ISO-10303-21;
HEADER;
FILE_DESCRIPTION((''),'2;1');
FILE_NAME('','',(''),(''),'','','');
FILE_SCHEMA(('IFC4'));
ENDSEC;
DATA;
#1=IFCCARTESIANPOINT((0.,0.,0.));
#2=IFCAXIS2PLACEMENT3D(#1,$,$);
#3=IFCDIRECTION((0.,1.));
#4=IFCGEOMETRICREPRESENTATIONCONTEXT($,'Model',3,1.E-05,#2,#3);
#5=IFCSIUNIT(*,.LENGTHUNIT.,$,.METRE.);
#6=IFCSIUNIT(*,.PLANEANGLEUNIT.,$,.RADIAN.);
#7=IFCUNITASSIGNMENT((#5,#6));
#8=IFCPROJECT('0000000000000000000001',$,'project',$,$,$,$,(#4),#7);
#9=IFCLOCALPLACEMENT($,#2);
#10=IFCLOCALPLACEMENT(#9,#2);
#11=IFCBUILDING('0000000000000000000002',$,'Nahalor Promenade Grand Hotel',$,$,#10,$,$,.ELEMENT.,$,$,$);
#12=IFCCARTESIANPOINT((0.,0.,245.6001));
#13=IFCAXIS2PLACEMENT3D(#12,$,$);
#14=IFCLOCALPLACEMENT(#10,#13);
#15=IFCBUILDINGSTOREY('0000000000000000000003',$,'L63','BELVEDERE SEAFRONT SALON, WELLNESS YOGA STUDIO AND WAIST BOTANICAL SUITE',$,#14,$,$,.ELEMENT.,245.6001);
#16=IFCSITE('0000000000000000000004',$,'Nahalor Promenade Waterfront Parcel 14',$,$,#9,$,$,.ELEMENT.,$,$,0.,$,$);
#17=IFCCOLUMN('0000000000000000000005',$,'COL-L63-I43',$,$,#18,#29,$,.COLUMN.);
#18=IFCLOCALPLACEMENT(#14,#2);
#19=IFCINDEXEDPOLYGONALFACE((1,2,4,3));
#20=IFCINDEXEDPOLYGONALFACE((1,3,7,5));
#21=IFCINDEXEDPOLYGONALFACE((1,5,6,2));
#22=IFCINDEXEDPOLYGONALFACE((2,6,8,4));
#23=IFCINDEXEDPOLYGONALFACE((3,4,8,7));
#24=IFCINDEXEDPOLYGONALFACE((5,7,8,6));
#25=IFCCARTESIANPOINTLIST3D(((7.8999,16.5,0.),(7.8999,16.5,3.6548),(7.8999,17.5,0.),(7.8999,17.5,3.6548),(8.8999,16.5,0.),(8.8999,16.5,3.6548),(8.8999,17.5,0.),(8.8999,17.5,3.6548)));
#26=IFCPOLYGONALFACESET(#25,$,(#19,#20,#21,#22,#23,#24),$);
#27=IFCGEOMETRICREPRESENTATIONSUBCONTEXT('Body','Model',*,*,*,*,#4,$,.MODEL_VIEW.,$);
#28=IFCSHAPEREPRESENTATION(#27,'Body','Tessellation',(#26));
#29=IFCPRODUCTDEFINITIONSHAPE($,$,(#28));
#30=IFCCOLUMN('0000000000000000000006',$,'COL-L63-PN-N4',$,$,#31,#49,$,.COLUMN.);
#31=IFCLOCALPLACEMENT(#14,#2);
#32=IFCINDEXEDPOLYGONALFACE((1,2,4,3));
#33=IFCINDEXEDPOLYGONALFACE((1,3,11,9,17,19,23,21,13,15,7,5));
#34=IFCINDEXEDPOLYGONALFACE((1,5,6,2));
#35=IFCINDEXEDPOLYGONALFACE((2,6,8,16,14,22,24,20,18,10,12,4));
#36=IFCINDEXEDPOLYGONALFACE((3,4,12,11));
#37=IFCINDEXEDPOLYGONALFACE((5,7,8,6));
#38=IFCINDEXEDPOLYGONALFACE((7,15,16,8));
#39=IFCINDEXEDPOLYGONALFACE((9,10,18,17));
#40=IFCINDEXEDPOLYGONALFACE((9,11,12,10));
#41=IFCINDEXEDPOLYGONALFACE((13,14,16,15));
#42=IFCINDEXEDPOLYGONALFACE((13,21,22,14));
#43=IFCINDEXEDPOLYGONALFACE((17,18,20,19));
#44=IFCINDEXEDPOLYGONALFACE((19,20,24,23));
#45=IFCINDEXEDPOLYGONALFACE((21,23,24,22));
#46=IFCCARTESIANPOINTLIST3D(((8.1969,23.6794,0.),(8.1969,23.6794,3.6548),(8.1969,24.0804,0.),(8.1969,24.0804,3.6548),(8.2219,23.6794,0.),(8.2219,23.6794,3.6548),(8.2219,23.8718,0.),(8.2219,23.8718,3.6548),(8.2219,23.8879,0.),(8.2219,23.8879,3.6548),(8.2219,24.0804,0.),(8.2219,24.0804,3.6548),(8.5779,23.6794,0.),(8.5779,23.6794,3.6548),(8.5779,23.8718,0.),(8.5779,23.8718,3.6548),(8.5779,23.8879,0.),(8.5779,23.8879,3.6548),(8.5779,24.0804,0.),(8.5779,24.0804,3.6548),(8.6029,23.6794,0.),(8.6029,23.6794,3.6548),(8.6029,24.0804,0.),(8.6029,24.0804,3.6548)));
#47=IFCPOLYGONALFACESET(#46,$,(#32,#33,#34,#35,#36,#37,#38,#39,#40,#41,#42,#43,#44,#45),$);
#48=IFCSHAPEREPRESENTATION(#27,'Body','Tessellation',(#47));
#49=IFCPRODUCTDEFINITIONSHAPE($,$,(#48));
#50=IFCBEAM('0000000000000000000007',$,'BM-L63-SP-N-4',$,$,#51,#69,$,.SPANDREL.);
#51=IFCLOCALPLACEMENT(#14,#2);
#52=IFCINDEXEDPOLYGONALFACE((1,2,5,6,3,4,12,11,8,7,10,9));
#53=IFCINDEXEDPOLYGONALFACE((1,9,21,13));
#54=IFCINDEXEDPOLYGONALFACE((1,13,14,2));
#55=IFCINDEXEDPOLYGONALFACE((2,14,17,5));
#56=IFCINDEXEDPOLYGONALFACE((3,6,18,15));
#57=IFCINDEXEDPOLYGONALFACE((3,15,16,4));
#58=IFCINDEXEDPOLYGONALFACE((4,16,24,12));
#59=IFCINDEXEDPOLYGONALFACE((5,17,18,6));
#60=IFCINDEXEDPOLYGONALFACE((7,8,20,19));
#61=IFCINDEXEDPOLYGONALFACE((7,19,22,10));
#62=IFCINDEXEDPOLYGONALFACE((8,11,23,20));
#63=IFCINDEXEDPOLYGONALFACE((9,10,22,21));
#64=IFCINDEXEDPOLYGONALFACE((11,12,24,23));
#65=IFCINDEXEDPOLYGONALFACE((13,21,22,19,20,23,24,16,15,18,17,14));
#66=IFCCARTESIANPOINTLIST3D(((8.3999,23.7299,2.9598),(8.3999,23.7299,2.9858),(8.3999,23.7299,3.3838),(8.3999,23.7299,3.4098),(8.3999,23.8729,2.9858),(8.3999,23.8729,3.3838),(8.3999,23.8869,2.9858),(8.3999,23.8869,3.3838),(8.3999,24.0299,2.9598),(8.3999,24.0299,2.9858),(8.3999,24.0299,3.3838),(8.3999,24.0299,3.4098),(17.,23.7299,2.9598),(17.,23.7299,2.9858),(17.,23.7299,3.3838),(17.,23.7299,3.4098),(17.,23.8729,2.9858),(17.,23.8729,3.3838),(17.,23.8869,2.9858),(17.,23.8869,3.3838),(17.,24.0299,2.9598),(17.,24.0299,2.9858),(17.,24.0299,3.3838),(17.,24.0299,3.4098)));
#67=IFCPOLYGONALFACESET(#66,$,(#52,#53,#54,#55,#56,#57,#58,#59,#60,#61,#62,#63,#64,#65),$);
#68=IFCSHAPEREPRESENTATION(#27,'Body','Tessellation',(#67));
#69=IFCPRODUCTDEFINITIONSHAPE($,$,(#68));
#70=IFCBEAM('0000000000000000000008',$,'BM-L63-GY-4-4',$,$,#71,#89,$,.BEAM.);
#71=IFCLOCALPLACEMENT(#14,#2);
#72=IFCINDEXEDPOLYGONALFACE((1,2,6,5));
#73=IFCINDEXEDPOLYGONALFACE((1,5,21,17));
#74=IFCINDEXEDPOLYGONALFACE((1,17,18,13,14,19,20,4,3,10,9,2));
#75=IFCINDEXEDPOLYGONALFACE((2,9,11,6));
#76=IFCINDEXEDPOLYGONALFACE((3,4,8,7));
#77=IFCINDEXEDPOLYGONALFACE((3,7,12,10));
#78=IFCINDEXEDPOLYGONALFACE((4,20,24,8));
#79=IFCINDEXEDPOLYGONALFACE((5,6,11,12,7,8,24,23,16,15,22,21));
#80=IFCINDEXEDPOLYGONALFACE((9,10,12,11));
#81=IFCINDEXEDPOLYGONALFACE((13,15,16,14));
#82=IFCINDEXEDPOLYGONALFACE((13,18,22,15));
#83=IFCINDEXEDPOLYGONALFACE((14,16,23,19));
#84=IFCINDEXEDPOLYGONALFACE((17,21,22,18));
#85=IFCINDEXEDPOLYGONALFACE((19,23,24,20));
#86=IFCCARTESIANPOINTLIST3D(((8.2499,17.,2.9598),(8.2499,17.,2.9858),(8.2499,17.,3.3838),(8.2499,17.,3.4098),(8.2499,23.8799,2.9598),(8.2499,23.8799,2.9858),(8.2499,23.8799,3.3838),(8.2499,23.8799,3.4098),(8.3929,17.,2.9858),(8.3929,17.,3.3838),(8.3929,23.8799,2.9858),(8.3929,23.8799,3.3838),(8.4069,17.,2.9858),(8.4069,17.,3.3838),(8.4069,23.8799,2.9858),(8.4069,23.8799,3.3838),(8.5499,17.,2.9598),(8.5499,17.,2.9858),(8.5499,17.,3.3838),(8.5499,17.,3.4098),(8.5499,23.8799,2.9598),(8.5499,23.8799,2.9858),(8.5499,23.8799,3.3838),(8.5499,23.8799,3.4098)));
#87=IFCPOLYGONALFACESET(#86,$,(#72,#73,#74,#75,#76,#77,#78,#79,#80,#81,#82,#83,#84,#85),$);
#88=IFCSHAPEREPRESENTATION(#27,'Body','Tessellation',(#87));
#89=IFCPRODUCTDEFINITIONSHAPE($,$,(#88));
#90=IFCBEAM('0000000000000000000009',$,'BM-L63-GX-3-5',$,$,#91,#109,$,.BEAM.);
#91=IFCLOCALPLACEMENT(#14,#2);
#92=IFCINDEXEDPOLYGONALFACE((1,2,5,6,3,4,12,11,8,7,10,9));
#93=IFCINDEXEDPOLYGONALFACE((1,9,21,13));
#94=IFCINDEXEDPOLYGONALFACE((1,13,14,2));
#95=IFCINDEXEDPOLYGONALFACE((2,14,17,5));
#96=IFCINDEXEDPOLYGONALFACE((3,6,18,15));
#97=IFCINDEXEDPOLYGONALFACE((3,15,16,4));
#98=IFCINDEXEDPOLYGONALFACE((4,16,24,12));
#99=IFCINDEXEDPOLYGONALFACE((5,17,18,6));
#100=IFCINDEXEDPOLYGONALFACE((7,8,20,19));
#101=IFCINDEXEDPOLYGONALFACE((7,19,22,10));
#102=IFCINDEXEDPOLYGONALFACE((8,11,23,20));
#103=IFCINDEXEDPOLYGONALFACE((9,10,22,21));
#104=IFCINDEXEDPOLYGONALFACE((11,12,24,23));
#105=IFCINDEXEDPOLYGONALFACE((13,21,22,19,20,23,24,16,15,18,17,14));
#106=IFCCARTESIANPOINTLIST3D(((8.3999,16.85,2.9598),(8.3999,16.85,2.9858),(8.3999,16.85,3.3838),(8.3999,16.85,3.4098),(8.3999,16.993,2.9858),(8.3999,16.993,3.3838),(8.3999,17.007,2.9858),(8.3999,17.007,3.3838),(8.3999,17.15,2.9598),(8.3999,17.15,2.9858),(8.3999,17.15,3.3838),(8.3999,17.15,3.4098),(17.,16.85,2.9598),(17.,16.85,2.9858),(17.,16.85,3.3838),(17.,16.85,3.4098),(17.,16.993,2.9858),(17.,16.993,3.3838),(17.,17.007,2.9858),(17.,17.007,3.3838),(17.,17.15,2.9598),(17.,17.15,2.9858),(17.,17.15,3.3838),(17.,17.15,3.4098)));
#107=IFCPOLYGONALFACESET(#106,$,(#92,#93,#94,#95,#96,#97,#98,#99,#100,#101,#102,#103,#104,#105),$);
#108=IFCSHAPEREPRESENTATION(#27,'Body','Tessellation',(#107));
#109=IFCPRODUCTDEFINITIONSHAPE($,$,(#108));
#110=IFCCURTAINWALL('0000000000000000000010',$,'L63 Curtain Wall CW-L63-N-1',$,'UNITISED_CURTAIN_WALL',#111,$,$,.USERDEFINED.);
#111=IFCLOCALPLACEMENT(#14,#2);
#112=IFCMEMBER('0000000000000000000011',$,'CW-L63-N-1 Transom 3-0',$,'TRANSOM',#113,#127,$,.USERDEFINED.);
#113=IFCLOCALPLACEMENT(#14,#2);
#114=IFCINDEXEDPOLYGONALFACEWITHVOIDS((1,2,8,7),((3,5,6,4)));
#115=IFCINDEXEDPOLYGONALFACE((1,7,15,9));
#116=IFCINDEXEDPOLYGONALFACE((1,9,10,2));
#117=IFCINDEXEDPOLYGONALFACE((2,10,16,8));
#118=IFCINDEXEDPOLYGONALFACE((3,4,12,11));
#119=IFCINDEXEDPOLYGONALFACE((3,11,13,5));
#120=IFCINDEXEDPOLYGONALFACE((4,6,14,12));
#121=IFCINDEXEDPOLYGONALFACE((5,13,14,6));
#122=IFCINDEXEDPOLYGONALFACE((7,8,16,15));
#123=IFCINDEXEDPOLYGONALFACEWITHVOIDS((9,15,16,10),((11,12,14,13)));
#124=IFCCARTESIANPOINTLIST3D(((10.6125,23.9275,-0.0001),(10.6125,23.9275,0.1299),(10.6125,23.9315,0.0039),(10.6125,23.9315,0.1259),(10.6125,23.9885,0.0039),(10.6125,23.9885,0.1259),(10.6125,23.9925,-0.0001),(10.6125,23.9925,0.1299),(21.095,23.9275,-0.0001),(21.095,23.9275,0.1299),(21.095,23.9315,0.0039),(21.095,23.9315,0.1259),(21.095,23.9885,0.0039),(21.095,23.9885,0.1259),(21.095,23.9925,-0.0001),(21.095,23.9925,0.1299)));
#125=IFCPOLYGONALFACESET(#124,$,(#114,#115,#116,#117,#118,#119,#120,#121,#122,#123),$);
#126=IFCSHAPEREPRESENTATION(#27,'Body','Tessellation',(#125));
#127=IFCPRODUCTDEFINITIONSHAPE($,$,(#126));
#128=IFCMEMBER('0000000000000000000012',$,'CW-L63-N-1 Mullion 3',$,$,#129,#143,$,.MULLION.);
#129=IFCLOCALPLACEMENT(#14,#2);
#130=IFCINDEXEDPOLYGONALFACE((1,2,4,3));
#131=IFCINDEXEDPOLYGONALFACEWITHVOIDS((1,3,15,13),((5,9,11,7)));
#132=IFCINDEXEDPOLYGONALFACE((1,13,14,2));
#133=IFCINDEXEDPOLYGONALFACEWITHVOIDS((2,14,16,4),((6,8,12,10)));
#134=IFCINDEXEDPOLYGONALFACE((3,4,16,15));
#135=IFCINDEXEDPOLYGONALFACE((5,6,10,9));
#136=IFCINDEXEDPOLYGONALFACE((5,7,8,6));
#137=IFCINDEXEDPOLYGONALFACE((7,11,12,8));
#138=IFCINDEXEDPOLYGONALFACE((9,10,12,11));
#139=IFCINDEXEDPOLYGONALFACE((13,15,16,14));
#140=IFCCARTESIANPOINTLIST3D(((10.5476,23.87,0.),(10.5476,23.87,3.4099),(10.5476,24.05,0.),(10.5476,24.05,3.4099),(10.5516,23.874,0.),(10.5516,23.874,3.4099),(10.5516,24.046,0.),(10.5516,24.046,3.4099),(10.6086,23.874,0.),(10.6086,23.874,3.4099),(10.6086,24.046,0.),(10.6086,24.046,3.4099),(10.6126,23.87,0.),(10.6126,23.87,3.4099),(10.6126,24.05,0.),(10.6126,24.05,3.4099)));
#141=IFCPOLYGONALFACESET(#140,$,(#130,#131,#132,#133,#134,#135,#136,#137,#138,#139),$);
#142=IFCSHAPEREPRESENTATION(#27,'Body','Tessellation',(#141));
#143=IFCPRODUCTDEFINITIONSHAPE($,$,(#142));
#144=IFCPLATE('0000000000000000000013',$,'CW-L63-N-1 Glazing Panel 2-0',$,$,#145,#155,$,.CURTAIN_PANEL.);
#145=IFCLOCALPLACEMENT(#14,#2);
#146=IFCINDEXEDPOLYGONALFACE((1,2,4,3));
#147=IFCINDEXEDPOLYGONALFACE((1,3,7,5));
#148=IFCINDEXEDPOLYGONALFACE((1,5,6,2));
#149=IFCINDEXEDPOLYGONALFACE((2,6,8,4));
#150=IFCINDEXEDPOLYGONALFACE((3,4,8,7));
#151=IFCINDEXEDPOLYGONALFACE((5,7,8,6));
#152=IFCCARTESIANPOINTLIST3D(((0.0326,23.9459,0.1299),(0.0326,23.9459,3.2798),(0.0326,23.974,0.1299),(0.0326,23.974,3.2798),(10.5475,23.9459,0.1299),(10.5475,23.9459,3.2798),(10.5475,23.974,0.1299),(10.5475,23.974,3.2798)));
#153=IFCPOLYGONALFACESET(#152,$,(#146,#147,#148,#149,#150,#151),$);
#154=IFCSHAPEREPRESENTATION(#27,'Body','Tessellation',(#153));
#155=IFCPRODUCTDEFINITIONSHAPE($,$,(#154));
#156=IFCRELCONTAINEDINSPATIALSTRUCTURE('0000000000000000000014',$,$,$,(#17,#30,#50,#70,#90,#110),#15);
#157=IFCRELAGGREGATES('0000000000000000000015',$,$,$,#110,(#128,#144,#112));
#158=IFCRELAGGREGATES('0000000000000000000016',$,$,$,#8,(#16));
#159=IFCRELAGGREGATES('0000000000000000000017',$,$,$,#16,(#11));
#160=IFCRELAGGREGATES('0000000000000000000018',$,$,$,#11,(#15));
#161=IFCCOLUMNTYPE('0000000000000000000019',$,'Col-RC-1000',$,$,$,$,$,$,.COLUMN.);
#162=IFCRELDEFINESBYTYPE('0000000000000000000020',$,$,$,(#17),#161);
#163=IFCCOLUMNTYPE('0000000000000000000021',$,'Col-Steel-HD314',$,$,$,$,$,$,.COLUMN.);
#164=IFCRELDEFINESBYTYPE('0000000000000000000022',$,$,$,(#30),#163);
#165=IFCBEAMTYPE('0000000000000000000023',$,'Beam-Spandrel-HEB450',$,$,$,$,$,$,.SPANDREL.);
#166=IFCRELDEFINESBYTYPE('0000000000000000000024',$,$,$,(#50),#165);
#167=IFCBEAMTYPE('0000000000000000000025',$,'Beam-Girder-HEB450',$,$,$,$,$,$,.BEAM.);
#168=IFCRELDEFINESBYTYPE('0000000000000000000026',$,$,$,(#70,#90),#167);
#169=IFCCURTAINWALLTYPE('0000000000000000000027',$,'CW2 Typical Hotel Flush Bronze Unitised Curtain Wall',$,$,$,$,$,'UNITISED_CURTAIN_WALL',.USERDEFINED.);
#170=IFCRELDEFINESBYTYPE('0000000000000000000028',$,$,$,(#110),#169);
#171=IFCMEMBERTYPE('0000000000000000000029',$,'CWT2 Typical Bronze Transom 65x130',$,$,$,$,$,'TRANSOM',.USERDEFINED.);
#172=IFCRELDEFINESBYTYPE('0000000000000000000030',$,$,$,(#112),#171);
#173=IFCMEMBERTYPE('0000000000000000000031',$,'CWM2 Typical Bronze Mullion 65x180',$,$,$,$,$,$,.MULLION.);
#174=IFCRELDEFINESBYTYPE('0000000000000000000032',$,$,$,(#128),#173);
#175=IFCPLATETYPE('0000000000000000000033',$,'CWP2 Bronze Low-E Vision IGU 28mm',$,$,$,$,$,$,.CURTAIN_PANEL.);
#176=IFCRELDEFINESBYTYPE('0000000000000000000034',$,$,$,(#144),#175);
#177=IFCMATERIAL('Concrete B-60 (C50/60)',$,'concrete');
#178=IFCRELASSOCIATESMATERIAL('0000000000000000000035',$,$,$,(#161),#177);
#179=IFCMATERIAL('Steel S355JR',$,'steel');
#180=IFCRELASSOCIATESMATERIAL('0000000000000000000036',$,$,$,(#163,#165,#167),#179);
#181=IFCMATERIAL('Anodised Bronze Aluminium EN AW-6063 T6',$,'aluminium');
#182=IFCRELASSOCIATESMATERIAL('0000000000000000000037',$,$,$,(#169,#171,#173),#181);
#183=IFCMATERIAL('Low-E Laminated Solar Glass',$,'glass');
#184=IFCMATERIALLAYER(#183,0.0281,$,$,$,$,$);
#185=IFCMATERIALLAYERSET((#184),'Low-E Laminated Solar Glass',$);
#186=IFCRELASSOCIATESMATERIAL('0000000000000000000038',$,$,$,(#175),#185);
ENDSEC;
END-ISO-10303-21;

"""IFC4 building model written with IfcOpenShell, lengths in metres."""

from ifc_helpers import new_model, si_unit, direction, frame, origin, origin_2d, place, context, subcontext, project, spatial, rectangle, hollow_rectangle, i_section, extrude, source, transform, mapped, material, layer, layer_set, material_profile, profile_set, type_object, element, aggregate, save


model = new_model("IFC4")

# Units and contexts
model_context = context("Model", 3, precision=1e-05, world=origin(), true_north=direction((0.0, 1.0)))
body_context = subcontext(model_context, "Body", "Model", "MODEL_VIEW")
ifc_project = project(units=[si_unit("LENGTHUNIT", "METRE"), si_unit("PLANEANGLEUNIT", "RADIAN")], contexts=[model_context])

# Site, building, storey
site_placement = place(None, origin())
site = spatial("IfcSite", under=ifc_project, at=site_placement, Name="Nahalor Promenade Waterfront Parcel 14", CompositionType="ELEMENT", RefElevation=0.0)
building_placement = place(site_placement, origin())
building = spatial("IfcBuilding", under=site, at=building_placement, Name="Nahalor Promenade Grand Hotel", CompositionType="ELEMENT")
storey_placement = place(building_placement, frame((0.0, 0.0, 245.6001)))
storey = spatial("IfcBuildingStorey", under=building, at=storey_placement, Name="L63", Description="BELVEDERE SEAFRONT SALON, WELLNESS YOGA STUDIO AND WAIST BOTANICAL SUITE", CompositionType="ELEMENT", Elevation=245.6001)

# Columns
ifc_material_1 = material(Name="Concrete B-60 (C50/60)", Category="concrete")
ifc_material_profile_1 = material_profile(ifc_material_1, rectangle(XDim=1.0, YDim=1.0, at=origin_2d()), Name="RC 1000x1000")
ifc_profile_set_1 = profile_set([ifc_material_profile_1], Name="Concrete B-60 (C50/60)")
column_type_1 = type_object("IfcColumnType", Name="Col-RC-1000", PredefinedType="COLUMN", material=ifc_profile_set_1)
shared_shape_1 = source(origin(), body_context, "Body", "SweptSolid", [
    extrude(rectangle(XDim=1.0, YDim=1.0, at=origin_2d()), origin(), (0.0, 0.0, 1.0), 3.6548),
])
column_1_placement = place(storey_placement, frame((8.3999, 17.0, 0.0), z_axis=(0.0, 0.0, 1.0), x_axis=(1.0, 0.0, 0.0)))
element("IfcColumn", 1, at=column_1_placement, inside=storey, type_object=column_type_1, Name="COL-L63-I43", PredefinedType="COLUMN", context=body_context, shape_type="MappedRepresentation", body=[
    mapped(shared_shape_1, transform((0.0, 0.0, 0.0), scale=1.0)),
])
ifc_material_2 = material(Name="Steel S355JR", Category="steel")
ifc_material_profile_2 = material_profile(ifc_material_2, i_section(OverallWidth=0.401, OverallDepth=0.406, WebThickness=0.0161, FlangeThickness=0.025, at=origin_2d()), Name="HD 400x314")
ifc_profile_set_2 = profile_set([ifc_material_profile_2], Name="Steel S355JR")
column_type_2 = type_object("IfcColumnType", Name="Col-Steel-HD314", PredefinedType="COLUMN", material=ifc_profile_set_2)
shared_shape_2 = source(origin(), body_context, "Body", "SweptSolid", [
    extrude(i_section(OverallWidth=0.401, OverallDepth=0.406, WebThickness=0.0161, FlangeThickness=0.025, at=origin_2d()), origin(), (0.0, 0.0, 1.0), 3.6548),
])
column_2_placement = place(storey_placement, frame((8.3999, 23.8799, 0.0), z_axis=(0.0, 0.0, 1.0), x_axis=(0.0, 1.0, 0.0)))
element("IfcColumn", 2, at=column_2_placement, inside=storey, type_object=column_type_2, Name="COL-L63-PN-N4", PredefinedType="COLUMN", context=body_context, shape_type="MappedRepresentation", body=[
    mapped(shared_shape_2, transform((0.0, 0.0, 0.0), scale=1.0)),
])

# Beams
ifc_material_profile_3 = material_profile(ifc_material_2, i_section(OverallWidth=0.3, OverallDepth=0.45, WebThickness=0.014, FlangeThickness=0.026, at=origin_2d()), Name="HEB 450")
ifc_profile_set_3 = profile_set([ifc_material_profile_3], Name="Steel S355JR")
beam_type_1 = type_object("IfcBeamType", Name="Beam-Spandrel-HEB450", PredefinedType="SPANDREL", material=ifc_profile_set_3)
shared_shape_3 = source(origin(), body_context, "Body", "SweptSolid", [
    extrude(i_section(OverallWidth=0.3, OverallDepth=0.45, WebThickness=0.014, FlangeThickness=0.026, at=origin_2d()), origin(), (0.0, 0.0, 1.0), 8.6001),
])
beam_1_placement = place(storey_placement, frame((8.3999, 23.8799, 3.1848), z_axis=(1.0, 0.0, 0.0), x_axis=(0.0, 1.0, 0.0)))
element("IfcBeam", 3, at=beam_1_placement, inside=storey, type_object=beam_type_1, Name="BM-L63-SP-N-4", PredefinedType="SPANDREL", context=body_context, shape_type="MappedRepresentation", body=[
    mapped(shared_shape_3, transform((0.0, 0.0, 0.0), scale=1.0)),
])
ifc_material_profile_4 = material_profile(ifc_material_2, i_section(OverallWidth=0.3, OverallDepth=0.45, WebThickness=0.014, FlangeThickness=0.026, at=origin_2d()), Name="HEB 450")
ifc_profile_set_4 = profile_set([ifc_material_profile_4], Name="Steel S355JR")
beam_type_2 = type_object("IfcBeamType", Name="Beam-Girder-HEB450", PredefinedType="BEAM", material=ifc_profile_set_4)
shared_shape_4 = source(origin(), body_context, "Body", "SweptSolid", [
    extrude(i_section(OverallWidth=0.3, OverallDepth=0.45, WebThickness=0.014, FlangeThickness=0.026, at=origin_2d()), origin(), (0.0, 0.0, 1.0), 6.8799),
])
beam_2_placement = place(storey_placement, frame((8.3999, 17.0, 3.1848), z_axis=(0.0, 1.0, 0.0), x_axis=(-1.0, 0.0, 0.0)))
element("IfcBeam", 4, at=beam_2_placement, inside=storey, type_object=beam_type_2, Name="BM-L63-GY-4-4", PredefinedType="BEAM", context=body_context, shape_type="MappedRepresentation", body=[
    mapped(shared_shape_4, transform((0.0, 0.0, 0.0), scale=1.0)),
])
shared_shape_5 = source(origin(), body_context, "Body", "SweptSolid", [
    extrude(i_section(OverallWidth=0.3, OverallDepth=0.45, WebThickness=0.014, FlangeThickness=0.026, at=origin_2d()), origin(), (0.0, 0.0, 1.0), 8.6001),
])
beam_3_placement = place(storey_placement, frame((8.3999, 17.0, 3.1848), z_axis=(1.0, 0.0, 0.0), x_axis=(0.0, 1.0, 0.0)))
element("IfcBeam", 5, at=beam_3_placement, inside=storey, type_object=beam_type_2, Name="BM-L63-GX-3-5", PredefinedType="BEAM", context=body_context, shape_type="MappedRepresentation", body=[
    mapped(shared_shape_5, transform((0.0, 0.0, 0.0), scale=1.0)),
])

# Curtain wall, members, plate
ifc_material_3 = material(Name="Anodised Bronze Aluminium EN AW-6063 T6", Category="aluminium")
curtain_wall_type = type_object("IfcCurtainWallType", Name="CW2 Typical Hotel Flush Bronze Unitised Curtain Wall", ElementType="UNITISED_CURTAIN_WALL", PredefinedType="USERDEFINED", material=ifc_material_3)
curtain_wall_placement = place(storey_placement, origin())
curtain_wall = element("IfcCurtainWall", 6, at=curtain_wall_placement, inside=storey, type_object=curtain_wall_type, Name="L63 Curtain Wall CW-L63-N-1", ObjectType="UNITISED_CURTAIN_WALL", PredefinedType="USERDEFINED")
ifc_material_profile_5 = material_profile(ifc_material_3, hollow_rectangle(XDim=0.065, YDim=0.13, WallThickness=0.004, at=origin_2d()), Name="CWT 65x130x4")
ifc_profile_set_5 = profile_set([ifc_material_profile_5], Name="Anodised Bronze Aluminium EN AW-6063 T6")
member_type_1 = type_object("IfcMemberType", Name="CWT2 Typical Bronze Transom 65x130", ElementType="TRANSOM", PredefinedType="USERDEFINED", material=ifc_profile_set_5)
shared_shape_6 = source(origin(), body_context, "Body", "SweptSolid", [
    extrude(hollow_rectangle(XDim=0.065, YDim=0.13, WallThickness=0.004, at=origin_2d()), origin(), (0.0, 0.0, 1.0), 10.4824),
])
member_1_placement = place(storey_placement, frame((10.6125, 23.96, 0.0649), z_axis=(1.0, 0.0, 0.0), x_axis=(0.0, 1.0, 0.0)))
member_1 = element("IfcMember", 7, at=member_1_placement, type_object=member_type_1, Name="CW-L63-N-1 Transom 3-0", ObjectType="TRANSOM", PredefinedType="USERDEFINED", context=body_context, shape_type="MappedRepresentation", body=[
    mapped(shared_shape_6, transform((0.0, 0.0, 0.0), scale=1.0)),
])
ifc_material_profile_6 = material_profile(ifc_material_3, hollow_rectangle(XDim=0.065, YDim=0.18, WallThickness=0.004, at=origin_2d()), Name="CWM 65x180x4")
ifc_profile_set_6 = profile_set([ifc_material_profile_6], Name="Anodised Bronze Aluminium EN AW-6063 T6")
member_type_2 = type_object("IfcMemberType", Name="CWM2 Typical Bronze Mullion 65x180", PredefinedType="MULLION", material=ifc_profile_set_6)
shared_shape_7 = source(origin(), body_context, "Body", "SweptSolid", [
    extrude(hollow_rectangle(XDim=0.065, YDim=0.18, WallThickness=0.004, at=origin_2d()), origin(), (0.0, 0.0, 1.0), 3.4099),
])
member_2_placement = place(storey_placement, frame((10.5801, 23.96, 0.0), z_axis=(0.0, 0.0, 1.0), x_axis=(1.0, 0.0, 0.0)))
member_2 = element("IfcMember", 8, at=member_2_placement, type_object=member_type_2, Name="CW-L63-N-1 Mullion 3", PredefinedType="MULLION", context=body_context, shape_type="MappedRepresentation", body=[
    mapped(shared_shape_7, transform((0.0, 0.0, 0.0), scale=1.0)),
])
ifc_material_4 = material(Name="Low-E Laminated Solar Glass", Category="glass")
ifc_layer_1 = layer(ifc_material_4, 0.0281)
ifc_layer_set_1 = layer_set([ifc_layer_1], Name="Low-E Laminated Solar Glass")
plate_type = type_object("IfcPlateType", Name="CWP2 Bronze Low-E Vision IGU 28mm", PredefinedType="CURTAIN_PANEL", material=ifc_layer_set_1)
shared_shape_8 = source(origin(), body_context, "Body", "SweptSolid", [
    extrude(rectangle(XDim=10.5149, YDim=0.0281, at=origin_2d()), origin(), (0.0, 0.0, 1.0), 3.1499),
])
plate_placement = place(storey_placement, frame((5.29, 23.96, 0.1299), z_axis=(0.0, 0.0, 1.0), x_axis=(1.0, 0.0, 0.0)))
plate = element("IfcPlate", 9, at=plate_placement, type_object=plate_type, Name="CW-L63-N-1 Glazing Panel 2-0", PredefinedType="CURTAIN_PANEL", context=body_context, shape_type="MappedRepresentation", body=[
    mapped(shared_shape_8, transform((0.0, 0.0, 0.0), scale=1.0)),
])
aggregate(curtain_wall, [member_2, plate, member_1])

save(model, "model.ifc")
